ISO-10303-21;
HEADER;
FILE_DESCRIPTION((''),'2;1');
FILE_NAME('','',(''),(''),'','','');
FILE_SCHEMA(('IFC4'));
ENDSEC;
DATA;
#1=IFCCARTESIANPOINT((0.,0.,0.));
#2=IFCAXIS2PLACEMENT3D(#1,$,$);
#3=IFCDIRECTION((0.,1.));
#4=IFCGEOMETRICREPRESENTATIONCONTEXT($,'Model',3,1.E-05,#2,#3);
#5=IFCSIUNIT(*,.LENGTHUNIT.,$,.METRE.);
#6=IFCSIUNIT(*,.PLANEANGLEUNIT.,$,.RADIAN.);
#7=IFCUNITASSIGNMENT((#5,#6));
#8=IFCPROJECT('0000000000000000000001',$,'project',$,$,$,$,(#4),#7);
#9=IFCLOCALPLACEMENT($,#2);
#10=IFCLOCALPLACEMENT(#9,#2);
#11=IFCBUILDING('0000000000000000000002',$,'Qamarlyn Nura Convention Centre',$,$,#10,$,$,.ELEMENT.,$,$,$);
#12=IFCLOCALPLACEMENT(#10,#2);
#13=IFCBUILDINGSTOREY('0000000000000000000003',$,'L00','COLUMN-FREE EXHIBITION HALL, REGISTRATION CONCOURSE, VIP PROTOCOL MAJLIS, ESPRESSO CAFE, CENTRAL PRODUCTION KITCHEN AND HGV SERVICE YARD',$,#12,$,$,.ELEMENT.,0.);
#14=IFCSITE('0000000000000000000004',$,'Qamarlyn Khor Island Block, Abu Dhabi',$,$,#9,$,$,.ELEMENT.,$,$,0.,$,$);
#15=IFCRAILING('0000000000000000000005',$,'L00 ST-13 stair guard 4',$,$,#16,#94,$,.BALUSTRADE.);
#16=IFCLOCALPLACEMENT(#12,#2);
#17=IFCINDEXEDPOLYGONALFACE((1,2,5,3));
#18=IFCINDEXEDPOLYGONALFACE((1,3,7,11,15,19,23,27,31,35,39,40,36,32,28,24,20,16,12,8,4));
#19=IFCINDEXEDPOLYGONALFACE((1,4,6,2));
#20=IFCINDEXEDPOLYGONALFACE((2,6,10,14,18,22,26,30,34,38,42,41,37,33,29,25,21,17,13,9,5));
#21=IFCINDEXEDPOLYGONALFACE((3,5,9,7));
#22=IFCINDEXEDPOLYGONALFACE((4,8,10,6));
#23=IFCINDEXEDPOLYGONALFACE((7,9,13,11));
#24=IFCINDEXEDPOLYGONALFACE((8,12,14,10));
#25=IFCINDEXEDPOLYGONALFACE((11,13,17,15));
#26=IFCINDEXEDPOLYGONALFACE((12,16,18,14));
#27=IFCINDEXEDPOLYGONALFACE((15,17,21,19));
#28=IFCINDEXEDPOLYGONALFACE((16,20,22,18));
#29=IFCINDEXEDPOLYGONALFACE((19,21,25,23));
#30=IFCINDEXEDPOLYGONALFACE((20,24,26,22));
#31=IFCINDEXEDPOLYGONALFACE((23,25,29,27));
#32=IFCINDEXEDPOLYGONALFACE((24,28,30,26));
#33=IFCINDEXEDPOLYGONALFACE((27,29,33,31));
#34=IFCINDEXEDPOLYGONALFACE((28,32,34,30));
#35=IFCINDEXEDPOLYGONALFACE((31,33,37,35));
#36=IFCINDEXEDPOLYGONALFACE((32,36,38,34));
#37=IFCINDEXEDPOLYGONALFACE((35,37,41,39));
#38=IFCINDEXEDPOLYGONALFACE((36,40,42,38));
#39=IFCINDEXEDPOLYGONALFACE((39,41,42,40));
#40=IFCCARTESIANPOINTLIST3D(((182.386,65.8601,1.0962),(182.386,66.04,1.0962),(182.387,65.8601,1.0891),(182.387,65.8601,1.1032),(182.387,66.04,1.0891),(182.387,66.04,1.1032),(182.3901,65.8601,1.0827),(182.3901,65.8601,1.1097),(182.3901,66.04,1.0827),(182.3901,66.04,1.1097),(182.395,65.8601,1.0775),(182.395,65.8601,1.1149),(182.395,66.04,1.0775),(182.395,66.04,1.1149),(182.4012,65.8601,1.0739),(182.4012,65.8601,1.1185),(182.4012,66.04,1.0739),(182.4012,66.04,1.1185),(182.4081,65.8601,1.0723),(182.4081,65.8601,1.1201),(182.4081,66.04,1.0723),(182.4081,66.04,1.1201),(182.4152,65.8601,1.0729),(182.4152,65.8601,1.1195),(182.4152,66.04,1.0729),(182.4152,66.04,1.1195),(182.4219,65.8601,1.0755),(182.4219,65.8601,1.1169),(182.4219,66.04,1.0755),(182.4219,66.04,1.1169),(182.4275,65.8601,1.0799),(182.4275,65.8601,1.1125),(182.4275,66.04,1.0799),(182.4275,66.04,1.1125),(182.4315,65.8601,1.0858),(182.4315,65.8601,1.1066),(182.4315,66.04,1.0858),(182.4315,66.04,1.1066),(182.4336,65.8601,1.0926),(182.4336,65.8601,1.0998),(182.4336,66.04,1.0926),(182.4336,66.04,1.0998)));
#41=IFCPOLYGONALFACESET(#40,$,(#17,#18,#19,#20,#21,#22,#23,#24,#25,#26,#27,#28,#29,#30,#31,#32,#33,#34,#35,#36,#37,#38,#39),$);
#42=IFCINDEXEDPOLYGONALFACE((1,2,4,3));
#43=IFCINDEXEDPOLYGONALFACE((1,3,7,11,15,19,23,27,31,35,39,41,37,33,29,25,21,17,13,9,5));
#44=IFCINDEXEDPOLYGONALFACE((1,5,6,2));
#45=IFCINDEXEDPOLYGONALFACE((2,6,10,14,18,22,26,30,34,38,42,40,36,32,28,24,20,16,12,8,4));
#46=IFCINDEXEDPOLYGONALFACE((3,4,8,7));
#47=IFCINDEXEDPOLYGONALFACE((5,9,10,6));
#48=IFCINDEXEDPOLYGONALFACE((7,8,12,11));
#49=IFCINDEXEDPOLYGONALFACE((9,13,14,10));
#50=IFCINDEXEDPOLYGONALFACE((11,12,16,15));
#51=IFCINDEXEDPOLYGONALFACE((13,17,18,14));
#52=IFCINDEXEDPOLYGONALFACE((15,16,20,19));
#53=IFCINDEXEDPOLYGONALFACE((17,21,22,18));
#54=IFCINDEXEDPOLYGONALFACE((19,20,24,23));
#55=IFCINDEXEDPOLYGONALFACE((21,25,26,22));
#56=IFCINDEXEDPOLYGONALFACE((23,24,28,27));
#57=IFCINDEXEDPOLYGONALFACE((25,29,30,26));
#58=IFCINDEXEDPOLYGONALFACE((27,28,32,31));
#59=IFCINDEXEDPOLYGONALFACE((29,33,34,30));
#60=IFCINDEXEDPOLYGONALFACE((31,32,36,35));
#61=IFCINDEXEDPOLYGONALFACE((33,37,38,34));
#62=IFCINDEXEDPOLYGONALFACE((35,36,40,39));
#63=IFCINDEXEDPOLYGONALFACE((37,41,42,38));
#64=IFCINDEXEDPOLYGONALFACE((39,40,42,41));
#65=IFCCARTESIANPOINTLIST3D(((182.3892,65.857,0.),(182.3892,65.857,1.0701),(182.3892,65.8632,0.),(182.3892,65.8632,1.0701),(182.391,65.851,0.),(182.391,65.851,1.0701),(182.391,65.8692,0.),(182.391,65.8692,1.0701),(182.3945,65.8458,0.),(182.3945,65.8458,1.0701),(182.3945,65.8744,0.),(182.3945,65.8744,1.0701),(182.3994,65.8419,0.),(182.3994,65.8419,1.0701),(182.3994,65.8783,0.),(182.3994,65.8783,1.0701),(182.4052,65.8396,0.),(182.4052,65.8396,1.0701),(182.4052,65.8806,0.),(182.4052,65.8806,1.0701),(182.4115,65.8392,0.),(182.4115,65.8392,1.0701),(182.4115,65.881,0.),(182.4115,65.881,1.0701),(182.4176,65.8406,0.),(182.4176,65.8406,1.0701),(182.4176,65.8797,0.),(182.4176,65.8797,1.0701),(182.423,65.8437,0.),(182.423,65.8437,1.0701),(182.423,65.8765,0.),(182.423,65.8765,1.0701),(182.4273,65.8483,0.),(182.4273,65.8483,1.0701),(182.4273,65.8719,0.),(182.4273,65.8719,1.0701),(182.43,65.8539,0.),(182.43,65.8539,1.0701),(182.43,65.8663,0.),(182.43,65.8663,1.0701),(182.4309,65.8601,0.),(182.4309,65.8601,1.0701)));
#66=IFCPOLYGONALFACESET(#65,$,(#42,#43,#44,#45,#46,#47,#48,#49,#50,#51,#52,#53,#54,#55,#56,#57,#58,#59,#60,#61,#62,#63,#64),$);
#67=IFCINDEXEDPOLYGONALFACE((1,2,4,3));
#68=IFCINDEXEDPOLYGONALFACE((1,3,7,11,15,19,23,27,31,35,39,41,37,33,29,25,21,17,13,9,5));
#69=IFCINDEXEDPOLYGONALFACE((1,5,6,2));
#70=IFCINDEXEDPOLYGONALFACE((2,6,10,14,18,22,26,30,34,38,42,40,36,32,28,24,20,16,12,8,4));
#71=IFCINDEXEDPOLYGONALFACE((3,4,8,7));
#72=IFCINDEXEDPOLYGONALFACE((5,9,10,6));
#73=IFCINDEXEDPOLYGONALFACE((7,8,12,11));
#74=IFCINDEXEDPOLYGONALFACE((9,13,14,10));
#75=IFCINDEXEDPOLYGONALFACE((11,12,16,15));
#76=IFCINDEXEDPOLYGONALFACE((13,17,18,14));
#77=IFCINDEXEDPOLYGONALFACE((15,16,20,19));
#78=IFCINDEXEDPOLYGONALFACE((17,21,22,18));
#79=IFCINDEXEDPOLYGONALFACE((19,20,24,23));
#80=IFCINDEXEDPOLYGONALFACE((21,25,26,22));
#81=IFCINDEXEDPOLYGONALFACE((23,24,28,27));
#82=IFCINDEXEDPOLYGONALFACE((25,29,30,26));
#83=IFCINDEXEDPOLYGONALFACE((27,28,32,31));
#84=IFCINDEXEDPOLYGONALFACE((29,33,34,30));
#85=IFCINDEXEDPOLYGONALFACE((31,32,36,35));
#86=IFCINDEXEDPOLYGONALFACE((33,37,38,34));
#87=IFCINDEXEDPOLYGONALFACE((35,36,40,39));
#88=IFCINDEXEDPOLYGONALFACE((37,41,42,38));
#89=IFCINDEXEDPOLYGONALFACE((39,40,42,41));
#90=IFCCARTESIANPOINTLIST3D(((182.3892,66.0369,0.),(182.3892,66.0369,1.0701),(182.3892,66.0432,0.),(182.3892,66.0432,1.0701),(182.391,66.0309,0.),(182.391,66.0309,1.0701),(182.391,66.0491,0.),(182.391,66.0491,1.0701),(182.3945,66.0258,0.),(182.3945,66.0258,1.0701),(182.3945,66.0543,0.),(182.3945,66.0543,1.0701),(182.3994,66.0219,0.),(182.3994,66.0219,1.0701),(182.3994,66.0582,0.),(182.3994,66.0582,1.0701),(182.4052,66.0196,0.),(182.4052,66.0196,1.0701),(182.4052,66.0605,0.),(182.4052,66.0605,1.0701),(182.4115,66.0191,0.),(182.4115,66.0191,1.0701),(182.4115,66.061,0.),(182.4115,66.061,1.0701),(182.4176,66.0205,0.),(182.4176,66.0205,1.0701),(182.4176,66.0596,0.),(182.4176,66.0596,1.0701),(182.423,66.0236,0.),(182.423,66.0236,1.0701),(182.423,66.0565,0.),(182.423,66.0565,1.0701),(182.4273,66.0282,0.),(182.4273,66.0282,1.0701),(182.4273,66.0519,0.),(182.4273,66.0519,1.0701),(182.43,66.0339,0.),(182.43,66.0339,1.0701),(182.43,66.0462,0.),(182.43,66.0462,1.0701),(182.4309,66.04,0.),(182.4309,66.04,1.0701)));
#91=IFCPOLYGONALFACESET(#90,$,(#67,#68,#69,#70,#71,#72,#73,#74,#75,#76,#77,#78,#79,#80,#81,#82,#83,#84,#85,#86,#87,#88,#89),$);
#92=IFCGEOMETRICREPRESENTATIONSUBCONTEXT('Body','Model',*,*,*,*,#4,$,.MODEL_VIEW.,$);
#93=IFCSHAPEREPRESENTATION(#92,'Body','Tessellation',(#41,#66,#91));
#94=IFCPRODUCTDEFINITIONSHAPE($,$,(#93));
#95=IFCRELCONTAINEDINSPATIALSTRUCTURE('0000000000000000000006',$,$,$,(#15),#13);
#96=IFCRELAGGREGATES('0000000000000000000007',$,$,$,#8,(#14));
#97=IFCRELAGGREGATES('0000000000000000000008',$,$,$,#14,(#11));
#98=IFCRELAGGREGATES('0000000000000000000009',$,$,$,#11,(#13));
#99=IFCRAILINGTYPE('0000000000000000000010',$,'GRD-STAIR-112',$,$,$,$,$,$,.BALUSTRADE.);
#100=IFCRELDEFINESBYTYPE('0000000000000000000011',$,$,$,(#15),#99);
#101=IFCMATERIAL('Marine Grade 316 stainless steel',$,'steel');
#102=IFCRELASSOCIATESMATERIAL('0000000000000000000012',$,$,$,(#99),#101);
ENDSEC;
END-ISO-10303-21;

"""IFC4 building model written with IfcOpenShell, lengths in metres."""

from ifc_helpers import new_model, si_unit, direction, frame, origin, origin_2d, place, context, subcontext, project, spatial, circle, extrude, material, type_object, element, save


model = new_model("IFC4")

# Units and contexts
model_context = context("Model", 3, precision=1e-05, world=origin(), true_north=direction((0.0, 1.0)))
body_context = subcontext(model_context, "Body", "Model", "MODEL_VIEW")
ifc_project = project(units=[si_unit("LENGTHUNIT", "METRE"), si_unit("PLANEANGLEUNIT", "RADIAN")], contexts=[model_context])

# Site, building, storey
site_placement = place(None, origin())
site = spatial("IfcSite", under=ifc_project, at=site_placement, Name="Qamarlyn Khor Island Block, Abu Dhabi", CompositionType="ELEMENT", RefElevation=0.0)
building_placement = place(site_placement, origin())
building = spatial("IfcBuilding", under=site, at=building_placement, Name="Qamarlyn Nura Convention Centre", CompositionType="ELEMENT")
storey_placement = place(building_placement, origin())
storey = spatial("IfcBuildingStorey", under=building, at=storey_placement, Name="L00", Description="COLUMN-FREE EXHIBITION HALL, REGISTRATION CONCOURSE, VIP PROTOCOL MAJLIS, ESPRESSO CAFE, CENTRAL PRODUCTION KITCHEN AND HGV SERVICE YARD", CompositionType="ELEMENT", Elevation=0.0)

# Shared definitions
ifc_material_1 = material(Name="Marine Grade 316 stainless steel", Category="steel")

# Railing
railing_type_1 = type_object("IfcRailingType", Name="GRD-STAIR-112", PredefinedType="BALUSTRADE", material=ifc_material_1)
railing_1_placement = place(storey_placement, frame((182.4099, 65.8601, 0.0)))
element("IfcRailing", 1, at=railing_1_placement, inside=storey, type_object=railing_type_1, Name="L00 ST-13 stair guard 4", PredefinedType="BALUSTRADE", context=body_context, shape_type="SweptSolid", body=[
    extrude(circle(Radius=0.0239, at=origin_2d()), frame((0.0, 0.0, 1.0962), z_axis=(0.0, 1.0, 0.0), x_axis=(-1.0, 0.0, 0.0)), (0.0, 0.0, 1.0), 0.1799),
    extrude(circle(Radius=0.021, at=origin_2d()), origin(), (0.0, 0.0, 1.0), 1.0701),
    extrude(circle(Radius=0.021, at=origin_2d()), frame((0.0, 0.1799, 0.0)), (0.0, 0.0, 1.0), 1.0701),
])

save(model, "model.ifc")
